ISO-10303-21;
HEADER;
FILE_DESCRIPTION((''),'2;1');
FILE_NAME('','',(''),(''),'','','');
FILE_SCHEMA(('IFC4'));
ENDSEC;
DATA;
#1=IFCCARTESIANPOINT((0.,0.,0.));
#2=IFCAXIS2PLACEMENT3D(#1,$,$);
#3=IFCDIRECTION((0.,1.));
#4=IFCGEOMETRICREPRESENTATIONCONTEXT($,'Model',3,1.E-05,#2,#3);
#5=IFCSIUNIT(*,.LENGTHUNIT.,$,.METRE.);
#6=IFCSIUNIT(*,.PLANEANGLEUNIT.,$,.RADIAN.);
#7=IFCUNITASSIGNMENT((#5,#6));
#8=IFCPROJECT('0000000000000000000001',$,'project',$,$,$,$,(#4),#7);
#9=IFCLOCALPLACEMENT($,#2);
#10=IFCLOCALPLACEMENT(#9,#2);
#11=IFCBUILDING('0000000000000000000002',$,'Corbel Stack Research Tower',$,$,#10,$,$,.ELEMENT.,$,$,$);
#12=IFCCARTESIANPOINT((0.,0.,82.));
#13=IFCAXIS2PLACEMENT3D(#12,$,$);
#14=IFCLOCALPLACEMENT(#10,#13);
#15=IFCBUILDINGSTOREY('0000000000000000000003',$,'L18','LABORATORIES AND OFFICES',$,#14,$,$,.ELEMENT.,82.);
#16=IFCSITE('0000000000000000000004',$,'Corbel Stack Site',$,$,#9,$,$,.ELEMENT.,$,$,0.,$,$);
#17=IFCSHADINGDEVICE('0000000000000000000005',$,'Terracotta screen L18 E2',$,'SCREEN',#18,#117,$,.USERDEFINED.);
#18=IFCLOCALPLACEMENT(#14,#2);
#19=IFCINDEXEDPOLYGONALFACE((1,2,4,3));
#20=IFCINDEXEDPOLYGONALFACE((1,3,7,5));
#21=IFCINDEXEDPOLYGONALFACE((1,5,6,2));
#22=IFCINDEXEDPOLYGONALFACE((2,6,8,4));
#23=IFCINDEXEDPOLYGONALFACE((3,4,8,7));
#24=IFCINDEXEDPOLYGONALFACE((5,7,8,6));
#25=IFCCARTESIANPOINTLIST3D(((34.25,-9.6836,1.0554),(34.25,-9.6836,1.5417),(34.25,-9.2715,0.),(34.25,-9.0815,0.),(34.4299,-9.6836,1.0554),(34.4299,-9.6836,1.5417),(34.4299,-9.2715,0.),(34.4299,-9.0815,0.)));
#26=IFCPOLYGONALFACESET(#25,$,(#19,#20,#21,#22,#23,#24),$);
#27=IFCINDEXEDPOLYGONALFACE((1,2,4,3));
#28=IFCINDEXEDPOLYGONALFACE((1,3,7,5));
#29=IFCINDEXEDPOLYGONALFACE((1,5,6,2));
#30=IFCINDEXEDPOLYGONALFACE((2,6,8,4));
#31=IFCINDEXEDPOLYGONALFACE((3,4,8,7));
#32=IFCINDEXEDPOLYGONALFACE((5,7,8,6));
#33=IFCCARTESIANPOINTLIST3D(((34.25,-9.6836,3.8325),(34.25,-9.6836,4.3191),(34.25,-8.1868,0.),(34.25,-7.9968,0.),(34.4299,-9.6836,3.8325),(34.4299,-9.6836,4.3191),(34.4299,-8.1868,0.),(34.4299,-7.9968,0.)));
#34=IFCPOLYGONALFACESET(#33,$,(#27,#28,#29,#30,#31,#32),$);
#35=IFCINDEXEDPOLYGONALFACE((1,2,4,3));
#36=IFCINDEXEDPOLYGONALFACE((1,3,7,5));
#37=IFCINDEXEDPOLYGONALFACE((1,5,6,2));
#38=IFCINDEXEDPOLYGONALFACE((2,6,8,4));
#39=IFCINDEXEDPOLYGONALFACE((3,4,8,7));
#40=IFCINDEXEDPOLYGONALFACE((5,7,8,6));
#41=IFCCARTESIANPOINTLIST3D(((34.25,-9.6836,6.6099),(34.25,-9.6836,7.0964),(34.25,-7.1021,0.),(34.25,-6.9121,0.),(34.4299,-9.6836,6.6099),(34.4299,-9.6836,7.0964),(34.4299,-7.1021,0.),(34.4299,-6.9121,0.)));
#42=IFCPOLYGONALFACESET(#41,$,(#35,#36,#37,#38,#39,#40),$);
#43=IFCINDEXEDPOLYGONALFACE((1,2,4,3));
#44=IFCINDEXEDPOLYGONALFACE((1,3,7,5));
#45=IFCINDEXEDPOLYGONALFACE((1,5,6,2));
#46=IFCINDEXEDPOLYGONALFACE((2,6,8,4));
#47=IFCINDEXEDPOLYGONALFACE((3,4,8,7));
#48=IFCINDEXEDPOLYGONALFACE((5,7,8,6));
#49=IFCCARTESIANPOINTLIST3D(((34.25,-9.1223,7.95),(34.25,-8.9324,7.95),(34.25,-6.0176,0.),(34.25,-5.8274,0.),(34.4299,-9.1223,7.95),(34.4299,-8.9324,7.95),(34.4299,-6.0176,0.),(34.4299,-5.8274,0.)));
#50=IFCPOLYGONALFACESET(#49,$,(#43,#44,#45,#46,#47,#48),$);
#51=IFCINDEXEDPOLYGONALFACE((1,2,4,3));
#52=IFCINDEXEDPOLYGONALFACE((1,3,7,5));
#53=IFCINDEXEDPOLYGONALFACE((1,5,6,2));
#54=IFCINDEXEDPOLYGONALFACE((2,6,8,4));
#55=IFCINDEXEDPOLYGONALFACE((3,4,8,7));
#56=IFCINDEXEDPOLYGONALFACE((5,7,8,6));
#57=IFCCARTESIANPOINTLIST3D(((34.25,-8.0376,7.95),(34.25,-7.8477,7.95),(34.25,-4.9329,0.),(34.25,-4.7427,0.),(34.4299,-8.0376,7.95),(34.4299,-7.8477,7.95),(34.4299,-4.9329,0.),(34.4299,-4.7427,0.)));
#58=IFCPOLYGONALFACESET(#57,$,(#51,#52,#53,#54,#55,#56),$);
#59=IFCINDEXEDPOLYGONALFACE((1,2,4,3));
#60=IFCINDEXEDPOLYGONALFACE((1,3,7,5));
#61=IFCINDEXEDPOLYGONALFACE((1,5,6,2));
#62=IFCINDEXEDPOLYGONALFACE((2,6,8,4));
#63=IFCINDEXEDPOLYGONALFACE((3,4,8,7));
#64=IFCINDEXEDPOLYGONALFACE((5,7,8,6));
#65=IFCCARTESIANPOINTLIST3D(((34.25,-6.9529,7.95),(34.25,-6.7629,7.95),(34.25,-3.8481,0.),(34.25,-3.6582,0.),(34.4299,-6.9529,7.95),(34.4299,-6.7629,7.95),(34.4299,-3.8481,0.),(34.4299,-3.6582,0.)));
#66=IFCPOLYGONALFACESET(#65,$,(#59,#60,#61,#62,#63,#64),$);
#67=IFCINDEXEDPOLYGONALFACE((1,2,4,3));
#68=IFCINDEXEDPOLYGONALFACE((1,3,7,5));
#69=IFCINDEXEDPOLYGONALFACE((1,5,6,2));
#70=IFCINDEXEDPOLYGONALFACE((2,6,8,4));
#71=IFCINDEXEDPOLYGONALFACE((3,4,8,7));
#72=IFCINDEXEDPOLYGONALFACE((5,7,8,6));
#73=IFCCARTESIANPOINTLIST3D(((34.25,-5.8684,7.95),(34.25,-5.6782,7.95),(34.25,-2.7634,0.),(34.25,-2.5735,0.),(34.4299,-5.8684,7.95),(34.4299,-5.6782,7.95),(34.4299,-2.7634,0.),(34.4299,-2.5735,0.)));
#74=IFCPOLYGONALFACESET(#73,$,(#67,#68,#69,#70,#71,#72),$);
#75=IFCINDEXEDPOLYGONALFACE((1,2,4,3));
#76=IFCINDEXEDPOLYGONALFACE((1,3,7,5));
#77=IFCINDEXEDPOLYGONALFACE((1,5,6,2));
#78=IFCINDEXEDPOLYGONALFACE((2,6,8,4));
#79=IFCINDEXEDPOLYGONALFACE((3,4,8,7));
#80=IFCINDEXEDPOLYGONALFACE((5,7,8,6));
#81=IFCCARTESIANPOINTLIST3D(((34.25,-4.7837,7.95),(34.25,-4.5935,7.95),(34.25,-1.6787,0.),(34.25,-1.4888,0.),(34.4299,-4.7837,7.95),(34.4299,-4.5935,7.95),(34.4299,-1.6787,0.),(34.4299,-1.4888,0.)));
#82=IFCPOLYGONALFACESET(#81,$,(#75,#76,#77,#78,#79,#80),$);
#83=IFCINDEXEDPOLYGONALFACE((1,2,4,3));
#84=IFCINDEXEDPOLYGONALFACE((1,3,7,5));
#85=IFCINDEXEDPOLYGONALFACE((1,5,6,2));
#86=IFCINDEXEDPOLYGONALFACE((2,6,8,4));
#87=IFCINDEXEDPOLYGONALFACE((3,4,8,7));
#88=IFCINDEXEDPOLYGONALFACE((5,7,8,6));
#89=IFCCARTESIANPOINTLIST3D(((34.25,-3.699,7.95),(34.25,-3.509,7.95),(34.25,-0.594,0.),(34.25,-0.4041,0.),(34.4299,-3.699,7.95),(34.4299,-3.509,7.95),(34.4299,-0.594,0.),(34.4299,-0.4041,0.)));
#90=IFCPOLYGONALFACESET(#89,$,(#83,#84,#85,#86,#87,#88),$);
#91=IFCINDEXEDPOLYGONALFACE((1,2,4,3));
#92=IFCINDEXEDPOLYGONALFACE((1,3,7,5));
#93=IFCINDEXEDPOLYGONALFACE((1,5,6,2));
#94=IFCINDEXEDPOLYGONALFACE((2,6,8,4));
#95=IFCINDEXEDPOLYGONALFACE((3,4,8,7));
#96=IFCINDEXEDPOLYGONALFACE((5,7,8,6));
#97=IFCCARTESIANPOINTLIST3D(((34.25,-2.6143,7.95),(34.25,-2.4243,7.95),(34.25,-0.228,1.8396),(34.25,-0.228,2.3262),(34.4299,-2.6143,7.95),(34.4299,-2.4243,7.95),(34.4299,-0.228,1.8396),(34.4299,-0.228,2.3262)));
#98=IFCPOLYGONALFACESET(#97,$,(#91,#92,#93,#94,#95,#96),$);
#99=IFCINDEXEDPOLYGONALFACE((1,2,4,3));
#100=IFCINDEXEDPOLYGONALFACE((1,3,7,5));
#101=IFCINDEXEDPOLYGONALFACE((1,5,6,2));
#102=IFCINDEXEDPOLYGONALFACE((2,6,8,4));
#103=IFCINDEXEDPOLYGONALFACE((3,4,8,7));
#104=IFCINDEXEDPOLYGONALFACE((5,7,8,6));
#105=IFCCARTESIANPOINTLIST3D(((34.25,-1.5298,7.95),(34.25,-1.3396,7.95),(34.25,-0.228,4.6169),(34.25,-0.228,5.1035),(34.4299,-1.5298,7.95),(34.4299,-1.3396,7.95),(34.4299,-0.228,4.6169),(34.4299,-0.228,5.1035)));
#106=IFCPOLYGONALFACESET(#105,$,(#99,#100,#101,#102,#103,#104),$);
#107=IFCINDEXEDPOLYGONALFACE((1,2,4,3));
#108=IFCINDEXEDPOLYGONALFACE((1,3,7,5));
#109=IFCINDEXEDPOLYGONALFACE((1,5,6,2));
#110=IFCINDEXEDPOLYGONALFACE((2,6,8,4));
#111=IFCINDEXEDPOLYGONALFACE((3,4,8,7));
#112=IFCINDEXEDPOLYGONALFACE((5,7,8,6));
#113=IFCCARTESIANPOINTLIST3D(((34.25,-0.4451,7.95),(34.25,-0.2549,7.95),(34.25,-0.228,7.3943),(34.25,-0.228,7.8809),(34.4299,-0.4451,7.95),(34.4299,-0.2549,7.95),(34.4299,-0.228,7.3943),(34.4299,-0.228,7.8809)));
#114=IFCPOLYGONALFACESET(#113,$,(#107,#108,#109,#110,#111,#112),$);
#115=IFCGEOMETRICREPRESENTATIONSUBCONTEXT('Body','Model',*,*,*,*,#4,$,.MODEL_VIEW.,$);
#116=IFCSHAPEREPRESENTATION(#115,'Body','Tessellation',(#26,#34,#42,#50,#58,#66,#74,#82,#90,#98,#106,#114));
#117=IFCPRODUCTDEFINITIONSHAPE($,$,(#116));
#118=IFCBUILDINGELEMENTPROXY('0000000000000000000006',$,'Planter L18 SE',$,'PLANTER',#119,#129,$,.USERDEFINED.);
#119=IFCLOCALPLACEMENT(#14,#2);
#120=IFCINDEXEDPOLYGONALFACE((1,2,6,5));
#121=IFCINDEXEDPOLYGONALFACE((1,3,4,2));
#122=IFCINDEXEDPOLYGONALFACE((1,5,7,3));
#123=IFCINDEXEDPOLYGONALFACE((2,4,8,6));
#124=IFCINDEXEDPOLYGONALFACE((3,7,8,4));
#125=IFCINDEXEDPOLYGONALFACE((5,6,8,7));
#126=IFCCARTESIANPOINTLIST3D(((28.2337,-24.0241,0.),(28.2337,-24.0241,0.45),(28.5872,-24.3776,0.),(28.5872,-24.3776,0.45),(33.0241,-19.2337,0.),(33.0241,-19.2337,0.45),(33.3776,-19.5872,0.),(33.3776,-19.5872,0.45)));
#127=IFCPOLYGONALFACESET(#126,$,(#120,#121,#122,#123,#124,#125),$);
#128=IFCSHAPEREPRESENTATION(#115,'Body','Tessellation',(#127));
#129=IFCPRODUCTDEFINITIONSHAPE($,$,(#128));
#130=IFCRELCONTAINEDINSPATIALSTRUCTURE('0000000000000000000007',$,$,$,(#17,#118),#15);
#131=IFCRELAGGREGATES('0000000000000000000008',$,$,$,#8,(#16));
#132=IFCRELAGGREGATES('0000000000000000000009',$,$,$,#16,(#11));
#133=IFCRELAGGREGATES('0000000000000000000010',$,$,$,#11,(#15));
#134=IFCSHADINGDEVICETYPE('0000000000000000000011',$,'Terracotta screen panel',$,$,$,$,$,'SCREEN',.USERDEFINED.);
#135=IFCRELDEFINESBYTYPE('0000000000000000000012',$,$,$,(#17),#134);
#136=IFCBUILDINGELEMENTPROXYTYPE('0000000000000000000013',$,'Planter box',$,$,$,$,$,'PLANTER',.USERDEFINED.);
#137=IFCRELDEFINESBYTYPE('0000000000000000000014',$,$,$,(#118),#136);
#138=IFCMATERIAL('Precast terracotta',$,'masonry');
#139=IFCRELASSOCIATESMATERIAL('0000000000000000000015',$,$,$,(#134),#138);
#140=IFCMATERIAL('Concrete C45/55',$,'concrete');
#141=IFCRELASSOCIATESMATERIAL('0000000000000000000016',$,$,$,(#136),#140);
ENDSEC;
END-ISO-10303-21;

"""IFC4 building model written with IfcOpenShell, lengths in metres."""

from ifc_helpers import new_model, si_unit, direction, frame, origin, origin_2d, place, context, subcontext, project, spatial, polyline, rectangle, outline, extrude, source, transform, mapped, material, type_object, element, save


model = new_model("IFC4")

# Units and contexts
model_context = context("Model", 3, precision=1e-05, world=origin(), true_north=direction((0.0, 1.0)))
body_context = subcontext(model_context, "Body", "Model", "MODEL_VIEW")
ifc_project = project(units=[si_unit("LENGTHUNIT", "METRE"), si_unit("PLANEANGLEUNIT", "RADIAN")], contexts=[model_context])

# Site, building, storey
site_placement = place(None, origin())
site = spatial("IfcSite", under=ifc_project, at=site_placement, Name="Corbel Stack Site", CompositionType="ELEMENT", RefElevation=0.0)
building_placement = place(site_placement, origin())
building = spatial("IfcBuilding", under=site, at=building_placement, Name="Corbel Stack Research Tower", CompositionType="ELEMENT")
storey_placement = place(building_placement, frame((0.0, 0.0, 82.0)))
storey = spatial("IfcBuildingStorey", under=building, at=storey_placement, Name="L18", Description="LABORATORIES AND OFFICES", CompositionType="ELEMENT", Elevation=82.0)

# Shading device
ifc_material_1 = material(Name="Precast terracotta", Category="masonry")
shading_device_type = type_object("IfcShadingDeviceType", Name="Terracotta screen panel", ElementType="SCREEN", PredefinedType="USERDEFINED", material=ifc_material_1)
shared_shape_1 = source(origin(), body_context, "Body", "SweptSolid", [
    extrude(outline(polyline([(0.6021, 0.0), (0.0, 1.5417), (0.0, 1.0554), (0.4121, 0.0), (0.6021, 0.0)])), frame((0.0, 0.0, 0.0), z_axis=(0.0, -1.0, 0.0), x_axis=(1.0, 0.0, 0.0)), (0.0, 0.0, 1.0), 0.1799),
    extrude(outline(polyline([(1.6868, 0.0), (0.0, 4.3191), (0.0, 3.8325), (1.4968, 0.0), (1.6868, 0.0)])), frame((0.0, 0.0, 0.0), z_axis=(0.0, -1.0, 0.0), x_axis=(1.0, 0.0, 0.0)), (0.0, 0.0, 1.0), 0.1799),
    extrude(outline(polyline([(2.7715, 0.0), (0.0, 7.0964), (0.0, 6.6099), (2.5815, 0.0), (2.7715, 0.0)])), frame((0.0, 0.0, 0.0), z_axis=(0.0, -1.0, 0.0), x_axis=(1.0, 0.0, 0.0)), (0.0, 0.0, 1.0), 0.1799),
    extrude(outline(polyline([(3.8562, 0.0), (0.7512, 7.95), (0.5613, 7.95), (3.666, 0.0), (3.8562, 0.0)])), frame((0.0, 0.0, 0.0), z_axis=(0.0, -1.0, 0.0), x_axis=(1.0, 0.0, 0.0)), (0.0, 0.0, 1.0), 0.1799),
    extrude(outline(polyline([(4.9409, 0.0), (1.8359, 7.95), (1.646, 7.95), (4.7507, 0.0), (4.9409, 0.0)])), frame((0.0, 0.0, 0.0), z_axis=(0.0, -1.0, 0.0), x_axis=(1.0, 0.0, 0.0)), (0.0, 0.0, 1.0), 0.1799),
    extrude(outline(polyline([(6.0254, 0.0), (2.9207, 7.95), (2.7307, 7.95), (5.8354, 0.0), (6.0254, 0.0)])), frame((0.0, 0.0, 0.0), z_axis=(0.0, -1.0, 0.0), x_axis=(1.0, 0.0, 0.0)), (0.0, 0.0, 1.0), 0.1799),
    extrude(outline(polyline([(7.1101, 0.0), (4.0054, 7.95), (3.8152, 7.95), (6.9202, 0.0), (7.1101, 0.0)])), frame((0.0, 0.0, 0.0), z_axis=(0.0, -1.0, 0.0), x_axis=(1.0, 0.0, 0.0)), (0.0, 0.0, 1.0), 0.1799),
    extrude(outline(polyline([(8.1948, 0.0), (5.0901, 7.95), (4.8999, 7.95), (8.0049, 0.0), (8.1948, 0.0)])), frame((0.0, 0.0, 0.0), z_axis=(0.0, -1.0, 0.0), x_axis=(1.0, 0.0, 0.0)), (0.0, 0.0, 1.0), 0.1799),
    extrude(outline(polyline([(9.2795, 0.0), (6.1746, 7.95), (5.9846, 7.95), (9.0896, 0.0), (9.2795, 0.0)])), frame((0.0, 0.0, 0.0), z_axis=(0.0, -1.0, 0.0), x_axis=(1.0, 0.0, 0.0)), (0.0, 0.0, 1.0), 0.1799),
    extrude(outline(polyline([(7.2593, 7.95), (7.0693, 7.95), (9.4556, 1.8396), (9.4556, 2.3262), (7.2593, 7.95)])), frame((0.0, 0.0, 0.0), z_axis=(0.0, -1.0, 0.0), x_axis=(1.0, 0.0, 0.0)), (0.0, 0.0, 1.0), 0.1799),
    extrude(outline(polyline([(8.344, 7.95), (8.1538, 7.95), (9.4556, 4.6169), (9.4556, 5.1035), (8.344, 7.95)])), frame((0.0, 0.0, 0.0), z_axis=(0.0, -1.0, 0.0), x_axis=(1.0, 0.0, 0.0)), (0.0, 0.0, 1.0), 0.1799),
    extrude(outline(polyline([(9.4287, 7.95), (9.2385, 7.95), (9.4556, 7.3943), (9.4556, 7.8809), (9.4287, 7.95)])), frame((0.0, 0.0, 0.0), z_axis=(0.0, -1.0, 0.0), x_axis=(1.0, 0.0, 0.0)), (0.0, 0.0, 1.0), 0.1799),
])
shading_device_1_placement = place(storey_placement, frame((34.25, -9.6836, 0.0), z_axis=(0.0, 0.0, 1.0), x_axis=(0.0, 1.0, 0.0)))
element("IfcShadingDevice", 1, at=shading_device_1_placement, inside=storey, type_object=shading_device_type, Name="Terracotta screen L18 E2", ObjectType="SCREEN", PredefinedType="USERDEFINED", context=body_context, shape_type="MappedRepresentation", body=[
    mapped(shared_shape_1, transform((0.0, 0.0, 0.0))),
])

# Building element proxy
ifc_material_2 = material(Name="Concrete C45/55", Category="concrete")
building_element_proxy_type = type_object("IfcBuildingElementProxyType", Name="Planter box", ElementType="PLANTER", PredefinedType="USERDEFINED", material=ifc_material_2)
proxy_placement = place(storey_placement, frame((30.8057, -21.8057, 0.0), z_axis=(0.0, 0.0, 1.0), x_axis=(0.707107, 0.707107, 0.0)))
element("IfcBuildingElementProxy", 2, at=proxy_placement, inside=storey, type_object=building_element_proxy_type, Name="Planter L18 SE", ObjectType="PLANTER", PredefinedType="USERDEFINED", context=body_context, shape_type="SweptSolid", body=[
    extrude(rectangle(XDim=6.7747, YDim=0.5, at=origin_2d()), origin(), (0.0, 0.0, 1.0), 0.45),
])

save(model, "model.ifc")
